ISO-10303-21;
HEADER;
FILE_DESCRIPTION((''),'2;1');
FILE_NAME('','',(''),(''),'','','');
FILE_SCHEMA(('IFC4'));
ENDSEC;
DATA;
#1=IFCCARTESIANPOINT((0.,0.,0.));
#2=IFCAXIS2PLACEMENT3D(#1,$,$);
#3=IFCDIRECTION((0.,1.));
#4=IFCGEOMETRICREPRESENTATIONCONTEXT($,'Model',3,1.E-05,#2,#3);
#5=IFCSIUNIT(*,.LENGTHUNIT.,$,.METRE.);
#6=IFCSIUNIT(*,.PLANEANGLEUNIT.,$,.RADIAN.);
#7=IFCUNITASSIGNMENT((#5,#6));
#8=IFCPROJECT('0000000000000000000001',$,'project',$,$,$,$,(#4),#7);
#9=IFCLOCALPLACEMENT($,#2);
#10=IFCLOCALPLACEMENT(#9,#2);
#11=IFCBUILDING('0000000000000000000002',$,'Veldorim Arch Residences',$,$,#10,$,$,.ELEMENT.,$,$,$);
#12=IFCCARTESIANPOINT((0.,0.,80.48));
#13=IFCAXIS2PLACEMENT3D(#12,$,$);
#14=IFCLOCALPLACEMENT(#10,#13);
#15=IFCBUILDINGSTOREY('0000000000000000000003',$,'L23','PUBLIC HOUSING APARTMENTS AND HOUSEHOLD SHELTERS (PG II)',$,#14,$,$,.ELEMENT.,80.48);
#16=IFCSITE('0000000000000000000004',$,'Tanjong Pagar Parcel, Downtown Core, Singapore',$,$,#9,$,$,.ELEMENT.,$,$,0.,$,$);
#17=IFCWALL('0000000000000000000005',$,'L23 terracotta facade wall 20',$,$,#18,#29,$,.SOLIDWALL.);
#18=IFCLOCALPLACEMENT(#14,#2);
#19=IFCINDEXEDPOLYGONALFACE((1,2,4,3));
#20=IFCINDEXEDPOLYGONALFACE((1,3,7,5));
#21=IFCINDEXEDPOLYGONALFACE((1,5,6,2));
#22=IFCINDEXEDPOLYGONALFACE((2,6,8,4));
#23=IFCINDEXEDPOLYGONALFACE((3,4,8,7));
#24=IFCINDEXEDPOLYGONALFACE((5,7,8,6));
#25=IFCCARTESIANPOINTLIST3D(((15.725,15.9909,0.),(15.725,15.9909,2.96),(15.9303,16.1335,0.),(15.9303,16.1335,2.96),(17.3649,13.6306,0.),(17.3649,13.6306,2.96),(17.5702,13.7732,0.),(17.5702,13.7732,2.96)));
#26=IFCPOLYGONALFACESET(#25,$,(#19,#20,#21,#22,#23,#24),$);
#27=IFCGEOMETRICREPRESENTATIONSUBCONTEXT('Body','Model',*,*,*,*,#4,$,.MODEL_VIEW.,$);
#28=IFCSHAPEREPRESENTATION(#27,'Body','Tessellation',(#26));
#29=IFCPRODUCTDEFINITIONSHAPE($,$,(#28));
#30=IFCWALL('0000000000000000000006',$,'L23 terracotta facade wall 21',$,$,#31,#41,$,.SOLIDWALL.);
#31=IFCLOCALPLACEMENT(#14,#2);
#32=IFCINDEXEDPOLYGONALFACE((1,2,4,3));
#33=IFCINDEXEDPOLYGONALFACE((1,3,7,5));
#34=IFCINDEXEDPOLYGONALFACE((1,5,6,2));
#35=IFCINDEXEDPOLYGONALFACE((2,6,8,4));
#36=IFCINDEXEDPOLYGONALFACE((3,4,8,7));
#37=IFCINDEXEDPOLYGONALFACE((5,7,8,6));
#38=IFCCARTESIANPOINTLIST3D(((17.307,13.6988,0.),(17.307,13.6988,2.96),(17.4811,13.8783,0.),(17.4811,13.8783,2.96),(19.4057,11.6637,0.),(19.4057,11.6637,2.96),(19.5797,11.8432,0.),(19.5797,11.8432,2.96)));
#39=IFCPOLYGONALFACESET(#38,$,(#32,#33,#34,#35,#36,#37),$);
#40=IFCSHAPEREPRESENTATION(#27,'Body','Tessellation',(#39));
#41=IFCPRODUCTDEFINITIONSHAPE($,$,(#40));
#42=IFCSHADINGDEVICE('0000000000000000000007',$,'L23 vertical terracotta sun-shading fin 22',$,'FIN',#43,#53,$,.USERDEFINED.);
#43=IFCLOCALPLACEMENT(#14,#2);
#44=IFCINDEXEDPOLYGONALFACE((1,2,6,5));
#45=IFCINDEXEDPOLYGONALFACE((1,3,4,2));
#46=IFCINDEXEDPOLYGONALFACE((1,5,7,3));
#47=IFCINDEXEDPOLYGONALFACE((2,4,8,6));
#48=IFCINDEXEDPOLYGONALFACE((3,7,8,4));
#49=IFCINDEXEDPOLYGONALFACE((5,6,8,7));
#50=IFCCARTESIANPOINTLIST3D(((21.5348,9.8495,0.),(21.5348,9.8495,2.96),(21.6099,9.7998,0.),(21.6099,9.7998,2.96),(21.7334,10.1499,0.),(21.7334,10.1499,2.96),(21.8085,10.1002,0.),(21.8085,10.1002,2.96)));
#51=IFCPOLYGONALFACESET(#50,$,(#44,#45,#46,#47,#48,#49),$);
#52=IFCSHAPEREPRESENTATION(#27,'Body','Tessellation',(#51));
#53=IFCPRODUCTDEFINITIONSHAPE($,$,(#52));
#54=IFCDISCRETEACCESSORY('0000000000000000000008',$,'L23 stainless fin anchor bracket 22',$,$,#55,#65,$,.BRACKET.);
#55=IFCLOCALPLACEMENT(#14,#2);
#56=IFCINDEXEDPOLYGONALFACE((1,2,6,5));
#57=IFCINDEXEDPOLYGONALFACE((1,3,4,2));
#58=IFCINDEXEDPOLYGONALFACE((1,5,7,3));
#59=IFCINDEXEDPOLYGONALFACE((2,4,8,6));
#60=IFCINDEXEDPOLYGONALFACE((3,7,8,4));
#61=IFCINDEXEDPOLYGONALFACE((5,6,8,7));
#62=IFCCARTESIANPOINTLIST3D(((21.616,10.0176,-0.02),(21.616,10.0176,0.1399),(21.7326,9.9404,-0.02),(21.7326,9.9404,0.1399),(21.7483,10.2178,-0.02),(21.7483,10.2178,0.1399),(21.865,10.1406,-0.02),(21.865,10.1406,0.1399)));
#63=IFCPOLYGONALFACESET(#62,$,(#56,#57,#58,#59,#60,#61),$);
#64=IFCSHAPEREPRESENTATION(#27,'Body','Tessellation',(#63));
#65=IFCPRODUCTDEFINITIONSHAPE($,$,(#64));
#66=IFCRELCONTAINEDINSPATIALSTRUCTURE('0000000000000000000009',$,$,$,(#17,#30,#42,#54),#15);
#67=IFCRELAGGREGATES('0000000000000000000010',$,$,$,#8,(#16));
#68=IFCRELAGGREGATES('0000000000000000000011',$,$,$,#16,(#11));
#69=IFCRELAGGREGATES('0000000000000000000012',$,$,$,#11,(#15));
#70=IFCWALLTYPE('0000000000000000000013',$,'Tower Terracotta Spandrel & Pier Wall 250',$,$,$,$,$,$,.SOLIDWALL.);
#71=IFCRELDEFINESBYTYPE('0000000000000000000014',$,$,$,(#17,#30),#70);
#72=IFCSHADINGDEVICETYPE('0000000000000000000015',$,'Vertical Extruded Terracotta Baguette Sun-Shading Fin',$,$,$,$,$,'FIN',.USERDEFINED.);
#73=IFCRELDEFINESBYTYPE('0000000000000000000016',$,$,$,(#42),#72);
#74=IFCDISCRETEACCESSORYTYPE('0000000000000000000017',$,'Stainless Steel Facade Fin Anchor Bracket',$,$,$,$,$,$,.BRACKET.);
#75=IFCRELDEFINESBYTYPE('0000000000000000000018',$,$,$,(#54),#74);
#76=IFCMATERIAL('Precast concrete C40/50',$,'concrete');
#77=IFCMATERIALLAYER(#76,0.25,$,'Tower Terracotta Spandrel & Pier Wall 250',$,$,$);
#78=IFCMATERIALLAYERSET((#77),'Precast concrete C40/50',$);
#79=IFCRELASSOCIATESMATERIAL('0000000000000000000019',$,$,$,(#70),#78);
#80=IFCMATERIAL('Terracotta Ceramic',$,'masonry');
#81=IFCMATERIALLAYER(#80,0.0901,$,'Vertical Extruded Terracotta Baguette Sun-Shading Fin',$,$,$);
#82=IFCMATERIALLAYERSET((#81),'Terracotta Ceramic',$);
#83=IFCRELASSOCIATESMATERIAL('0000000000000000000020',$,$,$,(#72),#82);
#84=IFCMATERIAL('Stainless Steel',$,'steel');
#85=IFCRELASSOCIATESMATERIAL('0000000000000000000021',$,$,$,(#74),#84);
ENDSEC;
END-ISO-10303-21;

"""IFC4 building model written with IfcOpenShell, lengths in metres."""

from ifc_helpers import new_model, si_unit, direction, frame, frame_2d, origin, origin_2d, place, context, subcontext, project, spatial, rectangle, extrude, material, layer, layer_set, type_object, element, save


model = new_model("IFC4")

# Units and contexts
model_context = context("Model", 3, precision=1e-05, world=origin(), true_north=direction((0.0, 1.0)))
body_context = subcontext(model_context, "Body", "Model", "MODEL_VIEW")
ifc_project = project(units=[si_unit("LENGTHUNIT", "METRE"), si_unit("PLANEANGLEUNIT", "RADIAN")], contexts=[model_context])

# Site, building, storey
site_placement = place(None, origin())
site = spatial("IfcSite", under=ifc_project, at=site_placement, Name="Tanjong Pagar Parcel, Downtown Core, Singapore", CompositionType="ELEMENT", RefElevation=0.0)
building_placement = place(site_placement, origin())
building = spatial("IfcBuilding", under=site, at=building_placement, Name="Veldorim Arch Residences", CompositionType="ELEMENT")
storey_placement = place(building_placement, frame((0.0, 0.0, 80.48)))
storey = spatial("IfcBuildingStorey", under=building, at=storey_placement, Name="L23", Description="PUBLIC HOUSING APARTMENTS AND HOUSEHOLD SHELTERS (PG II)", CompositionType="ELEMENT", Elevation=80.48)

# Walls
ifc_material_1 = material(Name="Precast concrete C40/50", Category="concrete")
ifc_layer_1 = layer(ifc_material_1, 0.25, Name="Tower Terracotta Spandrel & Pier Wall 250")
ifc_layer_set_1 = layer_set([ifc_layer_1], Name="Precast concrete C40/50")
wall_type_1 = type_object("IfcWallType", Name="Tower Terracotta Spandrel & Pier Wall 250", PredefinedType="SOLIDWALL", material=ifc_layer_set_1)
wall_1_placement = place(storey_placement, frame((17.4675, 13.7019, 0.0), z_axis=(0.0, 0.0, 1.0), x_axis=(-0.570574, 0.821246, 0.0)))
element("IfcWall", 1, at=wall_1_placement, inside=storey, type_object=wall_type_1, Name="L23 terracotta facade wall 20", PredefinedType="SOLIDWALL", context=body_context, shape_type="SweptSolid", body=[
    extrude(rectangle(XDim=2.874, YDim=0.25, at=frame_2d((1.437, 0.0))), origin(), (0.0, 0.0, 1.0), 2.96),
])
wall_2_placement = place(storey_placement, frame((19.4927, 11.7534, 0.0), z_axis=(0.0, 0.0, 1.0), x_axis=(-0.71788, 0.696167, 0.0)))
element("IfcWall", 2, at=wall_2_placement, inside=storey, type_object=wall_type_1, Name="L23 terracotta facade wall 21", PredefinedType="SOLIDWALL", context=body_context, shape_type="SweptSolid", body=[
    extrude(rectangle(XDim=2.9233, YDim=0.25, at=frame_2d((1.4617, 0.0))), origin(), (0.0, 0.0, 1.0), 2.96),
])

# Shading device
ifc_material_2 = material(Name="Terracotta Ceramic", Category="masonry")
ifc_layer_2 = layer(ifc_material_2, 0.0901, Name="Vertical Extruded Terracotta Baguette Sun-Shading Fin")
ifc_layer_set_2 = layer_set([ifc_layer_2], Name="Terracotta Ceramic")
shading_device_type = type_object("IfcShadingDeviceType", Name="Vertical Extruded Terracotta Baguette Sun-Shading Fin", ElementType="FIN", PredefinedType="USERDEFINED", material=ifc_layer_set_2)
shading_device_placement = place(storey_placement, frame((21.6716, 9.9749, 0.0), z_axis=(0.0, 0.0, 1.0), x_axis=(-0.834175, 0.5515, 0.0)))
element("IfcShadingDevice", 3, at=shading_device_placement, inside=storey, type_object=shading_device_type, Name="L23 vertical terracotta sun-shading fin 22", ObjectType="FIN", PredefinedType="USERDEFINED", context=body_context, shape_type="SweptSolid", body=[
    extrude(rectangle(XDim=0.0901, YDim=0.3601, at=origin_2d()), origin(), (0.0, 0.0, 1.0), 2.96),
])

# Discrete accessory
ifc_material_3 = material(Name="Stainless Steel", Category="steel")
discrete_accessory_type = type_object("IfcDiscreteAccessoryType", Name="Stainless Steel Facade Fin Anchor Bracket", PredefinedType="BRACKET", material=ifc_material_3)
discrete_accessory_placement = place(storey_placement, frame((21.7405, 10.0791, -0.02), z_axis=(0.0, 0.0, 1.0), x_axis=(-0.834175, 0.5515, 0.0)))
element("IfcDiscreteAccessory", 4, at=discrete_accessory_placement, inside=storey, type_object=discrete_accessory_type, Name="L23 stainless fin anchor bracket 22", PredefinedType="BRACKET", context=body_context, shape_type="SweptSolid", body=[
    extrude(rectangle(XDim=0.1399, YDim=0.24, at=origin_2d()), origin(), (0.0, 0.0, 1.0), 0.1599),
])

save(model, "model.ifc")
